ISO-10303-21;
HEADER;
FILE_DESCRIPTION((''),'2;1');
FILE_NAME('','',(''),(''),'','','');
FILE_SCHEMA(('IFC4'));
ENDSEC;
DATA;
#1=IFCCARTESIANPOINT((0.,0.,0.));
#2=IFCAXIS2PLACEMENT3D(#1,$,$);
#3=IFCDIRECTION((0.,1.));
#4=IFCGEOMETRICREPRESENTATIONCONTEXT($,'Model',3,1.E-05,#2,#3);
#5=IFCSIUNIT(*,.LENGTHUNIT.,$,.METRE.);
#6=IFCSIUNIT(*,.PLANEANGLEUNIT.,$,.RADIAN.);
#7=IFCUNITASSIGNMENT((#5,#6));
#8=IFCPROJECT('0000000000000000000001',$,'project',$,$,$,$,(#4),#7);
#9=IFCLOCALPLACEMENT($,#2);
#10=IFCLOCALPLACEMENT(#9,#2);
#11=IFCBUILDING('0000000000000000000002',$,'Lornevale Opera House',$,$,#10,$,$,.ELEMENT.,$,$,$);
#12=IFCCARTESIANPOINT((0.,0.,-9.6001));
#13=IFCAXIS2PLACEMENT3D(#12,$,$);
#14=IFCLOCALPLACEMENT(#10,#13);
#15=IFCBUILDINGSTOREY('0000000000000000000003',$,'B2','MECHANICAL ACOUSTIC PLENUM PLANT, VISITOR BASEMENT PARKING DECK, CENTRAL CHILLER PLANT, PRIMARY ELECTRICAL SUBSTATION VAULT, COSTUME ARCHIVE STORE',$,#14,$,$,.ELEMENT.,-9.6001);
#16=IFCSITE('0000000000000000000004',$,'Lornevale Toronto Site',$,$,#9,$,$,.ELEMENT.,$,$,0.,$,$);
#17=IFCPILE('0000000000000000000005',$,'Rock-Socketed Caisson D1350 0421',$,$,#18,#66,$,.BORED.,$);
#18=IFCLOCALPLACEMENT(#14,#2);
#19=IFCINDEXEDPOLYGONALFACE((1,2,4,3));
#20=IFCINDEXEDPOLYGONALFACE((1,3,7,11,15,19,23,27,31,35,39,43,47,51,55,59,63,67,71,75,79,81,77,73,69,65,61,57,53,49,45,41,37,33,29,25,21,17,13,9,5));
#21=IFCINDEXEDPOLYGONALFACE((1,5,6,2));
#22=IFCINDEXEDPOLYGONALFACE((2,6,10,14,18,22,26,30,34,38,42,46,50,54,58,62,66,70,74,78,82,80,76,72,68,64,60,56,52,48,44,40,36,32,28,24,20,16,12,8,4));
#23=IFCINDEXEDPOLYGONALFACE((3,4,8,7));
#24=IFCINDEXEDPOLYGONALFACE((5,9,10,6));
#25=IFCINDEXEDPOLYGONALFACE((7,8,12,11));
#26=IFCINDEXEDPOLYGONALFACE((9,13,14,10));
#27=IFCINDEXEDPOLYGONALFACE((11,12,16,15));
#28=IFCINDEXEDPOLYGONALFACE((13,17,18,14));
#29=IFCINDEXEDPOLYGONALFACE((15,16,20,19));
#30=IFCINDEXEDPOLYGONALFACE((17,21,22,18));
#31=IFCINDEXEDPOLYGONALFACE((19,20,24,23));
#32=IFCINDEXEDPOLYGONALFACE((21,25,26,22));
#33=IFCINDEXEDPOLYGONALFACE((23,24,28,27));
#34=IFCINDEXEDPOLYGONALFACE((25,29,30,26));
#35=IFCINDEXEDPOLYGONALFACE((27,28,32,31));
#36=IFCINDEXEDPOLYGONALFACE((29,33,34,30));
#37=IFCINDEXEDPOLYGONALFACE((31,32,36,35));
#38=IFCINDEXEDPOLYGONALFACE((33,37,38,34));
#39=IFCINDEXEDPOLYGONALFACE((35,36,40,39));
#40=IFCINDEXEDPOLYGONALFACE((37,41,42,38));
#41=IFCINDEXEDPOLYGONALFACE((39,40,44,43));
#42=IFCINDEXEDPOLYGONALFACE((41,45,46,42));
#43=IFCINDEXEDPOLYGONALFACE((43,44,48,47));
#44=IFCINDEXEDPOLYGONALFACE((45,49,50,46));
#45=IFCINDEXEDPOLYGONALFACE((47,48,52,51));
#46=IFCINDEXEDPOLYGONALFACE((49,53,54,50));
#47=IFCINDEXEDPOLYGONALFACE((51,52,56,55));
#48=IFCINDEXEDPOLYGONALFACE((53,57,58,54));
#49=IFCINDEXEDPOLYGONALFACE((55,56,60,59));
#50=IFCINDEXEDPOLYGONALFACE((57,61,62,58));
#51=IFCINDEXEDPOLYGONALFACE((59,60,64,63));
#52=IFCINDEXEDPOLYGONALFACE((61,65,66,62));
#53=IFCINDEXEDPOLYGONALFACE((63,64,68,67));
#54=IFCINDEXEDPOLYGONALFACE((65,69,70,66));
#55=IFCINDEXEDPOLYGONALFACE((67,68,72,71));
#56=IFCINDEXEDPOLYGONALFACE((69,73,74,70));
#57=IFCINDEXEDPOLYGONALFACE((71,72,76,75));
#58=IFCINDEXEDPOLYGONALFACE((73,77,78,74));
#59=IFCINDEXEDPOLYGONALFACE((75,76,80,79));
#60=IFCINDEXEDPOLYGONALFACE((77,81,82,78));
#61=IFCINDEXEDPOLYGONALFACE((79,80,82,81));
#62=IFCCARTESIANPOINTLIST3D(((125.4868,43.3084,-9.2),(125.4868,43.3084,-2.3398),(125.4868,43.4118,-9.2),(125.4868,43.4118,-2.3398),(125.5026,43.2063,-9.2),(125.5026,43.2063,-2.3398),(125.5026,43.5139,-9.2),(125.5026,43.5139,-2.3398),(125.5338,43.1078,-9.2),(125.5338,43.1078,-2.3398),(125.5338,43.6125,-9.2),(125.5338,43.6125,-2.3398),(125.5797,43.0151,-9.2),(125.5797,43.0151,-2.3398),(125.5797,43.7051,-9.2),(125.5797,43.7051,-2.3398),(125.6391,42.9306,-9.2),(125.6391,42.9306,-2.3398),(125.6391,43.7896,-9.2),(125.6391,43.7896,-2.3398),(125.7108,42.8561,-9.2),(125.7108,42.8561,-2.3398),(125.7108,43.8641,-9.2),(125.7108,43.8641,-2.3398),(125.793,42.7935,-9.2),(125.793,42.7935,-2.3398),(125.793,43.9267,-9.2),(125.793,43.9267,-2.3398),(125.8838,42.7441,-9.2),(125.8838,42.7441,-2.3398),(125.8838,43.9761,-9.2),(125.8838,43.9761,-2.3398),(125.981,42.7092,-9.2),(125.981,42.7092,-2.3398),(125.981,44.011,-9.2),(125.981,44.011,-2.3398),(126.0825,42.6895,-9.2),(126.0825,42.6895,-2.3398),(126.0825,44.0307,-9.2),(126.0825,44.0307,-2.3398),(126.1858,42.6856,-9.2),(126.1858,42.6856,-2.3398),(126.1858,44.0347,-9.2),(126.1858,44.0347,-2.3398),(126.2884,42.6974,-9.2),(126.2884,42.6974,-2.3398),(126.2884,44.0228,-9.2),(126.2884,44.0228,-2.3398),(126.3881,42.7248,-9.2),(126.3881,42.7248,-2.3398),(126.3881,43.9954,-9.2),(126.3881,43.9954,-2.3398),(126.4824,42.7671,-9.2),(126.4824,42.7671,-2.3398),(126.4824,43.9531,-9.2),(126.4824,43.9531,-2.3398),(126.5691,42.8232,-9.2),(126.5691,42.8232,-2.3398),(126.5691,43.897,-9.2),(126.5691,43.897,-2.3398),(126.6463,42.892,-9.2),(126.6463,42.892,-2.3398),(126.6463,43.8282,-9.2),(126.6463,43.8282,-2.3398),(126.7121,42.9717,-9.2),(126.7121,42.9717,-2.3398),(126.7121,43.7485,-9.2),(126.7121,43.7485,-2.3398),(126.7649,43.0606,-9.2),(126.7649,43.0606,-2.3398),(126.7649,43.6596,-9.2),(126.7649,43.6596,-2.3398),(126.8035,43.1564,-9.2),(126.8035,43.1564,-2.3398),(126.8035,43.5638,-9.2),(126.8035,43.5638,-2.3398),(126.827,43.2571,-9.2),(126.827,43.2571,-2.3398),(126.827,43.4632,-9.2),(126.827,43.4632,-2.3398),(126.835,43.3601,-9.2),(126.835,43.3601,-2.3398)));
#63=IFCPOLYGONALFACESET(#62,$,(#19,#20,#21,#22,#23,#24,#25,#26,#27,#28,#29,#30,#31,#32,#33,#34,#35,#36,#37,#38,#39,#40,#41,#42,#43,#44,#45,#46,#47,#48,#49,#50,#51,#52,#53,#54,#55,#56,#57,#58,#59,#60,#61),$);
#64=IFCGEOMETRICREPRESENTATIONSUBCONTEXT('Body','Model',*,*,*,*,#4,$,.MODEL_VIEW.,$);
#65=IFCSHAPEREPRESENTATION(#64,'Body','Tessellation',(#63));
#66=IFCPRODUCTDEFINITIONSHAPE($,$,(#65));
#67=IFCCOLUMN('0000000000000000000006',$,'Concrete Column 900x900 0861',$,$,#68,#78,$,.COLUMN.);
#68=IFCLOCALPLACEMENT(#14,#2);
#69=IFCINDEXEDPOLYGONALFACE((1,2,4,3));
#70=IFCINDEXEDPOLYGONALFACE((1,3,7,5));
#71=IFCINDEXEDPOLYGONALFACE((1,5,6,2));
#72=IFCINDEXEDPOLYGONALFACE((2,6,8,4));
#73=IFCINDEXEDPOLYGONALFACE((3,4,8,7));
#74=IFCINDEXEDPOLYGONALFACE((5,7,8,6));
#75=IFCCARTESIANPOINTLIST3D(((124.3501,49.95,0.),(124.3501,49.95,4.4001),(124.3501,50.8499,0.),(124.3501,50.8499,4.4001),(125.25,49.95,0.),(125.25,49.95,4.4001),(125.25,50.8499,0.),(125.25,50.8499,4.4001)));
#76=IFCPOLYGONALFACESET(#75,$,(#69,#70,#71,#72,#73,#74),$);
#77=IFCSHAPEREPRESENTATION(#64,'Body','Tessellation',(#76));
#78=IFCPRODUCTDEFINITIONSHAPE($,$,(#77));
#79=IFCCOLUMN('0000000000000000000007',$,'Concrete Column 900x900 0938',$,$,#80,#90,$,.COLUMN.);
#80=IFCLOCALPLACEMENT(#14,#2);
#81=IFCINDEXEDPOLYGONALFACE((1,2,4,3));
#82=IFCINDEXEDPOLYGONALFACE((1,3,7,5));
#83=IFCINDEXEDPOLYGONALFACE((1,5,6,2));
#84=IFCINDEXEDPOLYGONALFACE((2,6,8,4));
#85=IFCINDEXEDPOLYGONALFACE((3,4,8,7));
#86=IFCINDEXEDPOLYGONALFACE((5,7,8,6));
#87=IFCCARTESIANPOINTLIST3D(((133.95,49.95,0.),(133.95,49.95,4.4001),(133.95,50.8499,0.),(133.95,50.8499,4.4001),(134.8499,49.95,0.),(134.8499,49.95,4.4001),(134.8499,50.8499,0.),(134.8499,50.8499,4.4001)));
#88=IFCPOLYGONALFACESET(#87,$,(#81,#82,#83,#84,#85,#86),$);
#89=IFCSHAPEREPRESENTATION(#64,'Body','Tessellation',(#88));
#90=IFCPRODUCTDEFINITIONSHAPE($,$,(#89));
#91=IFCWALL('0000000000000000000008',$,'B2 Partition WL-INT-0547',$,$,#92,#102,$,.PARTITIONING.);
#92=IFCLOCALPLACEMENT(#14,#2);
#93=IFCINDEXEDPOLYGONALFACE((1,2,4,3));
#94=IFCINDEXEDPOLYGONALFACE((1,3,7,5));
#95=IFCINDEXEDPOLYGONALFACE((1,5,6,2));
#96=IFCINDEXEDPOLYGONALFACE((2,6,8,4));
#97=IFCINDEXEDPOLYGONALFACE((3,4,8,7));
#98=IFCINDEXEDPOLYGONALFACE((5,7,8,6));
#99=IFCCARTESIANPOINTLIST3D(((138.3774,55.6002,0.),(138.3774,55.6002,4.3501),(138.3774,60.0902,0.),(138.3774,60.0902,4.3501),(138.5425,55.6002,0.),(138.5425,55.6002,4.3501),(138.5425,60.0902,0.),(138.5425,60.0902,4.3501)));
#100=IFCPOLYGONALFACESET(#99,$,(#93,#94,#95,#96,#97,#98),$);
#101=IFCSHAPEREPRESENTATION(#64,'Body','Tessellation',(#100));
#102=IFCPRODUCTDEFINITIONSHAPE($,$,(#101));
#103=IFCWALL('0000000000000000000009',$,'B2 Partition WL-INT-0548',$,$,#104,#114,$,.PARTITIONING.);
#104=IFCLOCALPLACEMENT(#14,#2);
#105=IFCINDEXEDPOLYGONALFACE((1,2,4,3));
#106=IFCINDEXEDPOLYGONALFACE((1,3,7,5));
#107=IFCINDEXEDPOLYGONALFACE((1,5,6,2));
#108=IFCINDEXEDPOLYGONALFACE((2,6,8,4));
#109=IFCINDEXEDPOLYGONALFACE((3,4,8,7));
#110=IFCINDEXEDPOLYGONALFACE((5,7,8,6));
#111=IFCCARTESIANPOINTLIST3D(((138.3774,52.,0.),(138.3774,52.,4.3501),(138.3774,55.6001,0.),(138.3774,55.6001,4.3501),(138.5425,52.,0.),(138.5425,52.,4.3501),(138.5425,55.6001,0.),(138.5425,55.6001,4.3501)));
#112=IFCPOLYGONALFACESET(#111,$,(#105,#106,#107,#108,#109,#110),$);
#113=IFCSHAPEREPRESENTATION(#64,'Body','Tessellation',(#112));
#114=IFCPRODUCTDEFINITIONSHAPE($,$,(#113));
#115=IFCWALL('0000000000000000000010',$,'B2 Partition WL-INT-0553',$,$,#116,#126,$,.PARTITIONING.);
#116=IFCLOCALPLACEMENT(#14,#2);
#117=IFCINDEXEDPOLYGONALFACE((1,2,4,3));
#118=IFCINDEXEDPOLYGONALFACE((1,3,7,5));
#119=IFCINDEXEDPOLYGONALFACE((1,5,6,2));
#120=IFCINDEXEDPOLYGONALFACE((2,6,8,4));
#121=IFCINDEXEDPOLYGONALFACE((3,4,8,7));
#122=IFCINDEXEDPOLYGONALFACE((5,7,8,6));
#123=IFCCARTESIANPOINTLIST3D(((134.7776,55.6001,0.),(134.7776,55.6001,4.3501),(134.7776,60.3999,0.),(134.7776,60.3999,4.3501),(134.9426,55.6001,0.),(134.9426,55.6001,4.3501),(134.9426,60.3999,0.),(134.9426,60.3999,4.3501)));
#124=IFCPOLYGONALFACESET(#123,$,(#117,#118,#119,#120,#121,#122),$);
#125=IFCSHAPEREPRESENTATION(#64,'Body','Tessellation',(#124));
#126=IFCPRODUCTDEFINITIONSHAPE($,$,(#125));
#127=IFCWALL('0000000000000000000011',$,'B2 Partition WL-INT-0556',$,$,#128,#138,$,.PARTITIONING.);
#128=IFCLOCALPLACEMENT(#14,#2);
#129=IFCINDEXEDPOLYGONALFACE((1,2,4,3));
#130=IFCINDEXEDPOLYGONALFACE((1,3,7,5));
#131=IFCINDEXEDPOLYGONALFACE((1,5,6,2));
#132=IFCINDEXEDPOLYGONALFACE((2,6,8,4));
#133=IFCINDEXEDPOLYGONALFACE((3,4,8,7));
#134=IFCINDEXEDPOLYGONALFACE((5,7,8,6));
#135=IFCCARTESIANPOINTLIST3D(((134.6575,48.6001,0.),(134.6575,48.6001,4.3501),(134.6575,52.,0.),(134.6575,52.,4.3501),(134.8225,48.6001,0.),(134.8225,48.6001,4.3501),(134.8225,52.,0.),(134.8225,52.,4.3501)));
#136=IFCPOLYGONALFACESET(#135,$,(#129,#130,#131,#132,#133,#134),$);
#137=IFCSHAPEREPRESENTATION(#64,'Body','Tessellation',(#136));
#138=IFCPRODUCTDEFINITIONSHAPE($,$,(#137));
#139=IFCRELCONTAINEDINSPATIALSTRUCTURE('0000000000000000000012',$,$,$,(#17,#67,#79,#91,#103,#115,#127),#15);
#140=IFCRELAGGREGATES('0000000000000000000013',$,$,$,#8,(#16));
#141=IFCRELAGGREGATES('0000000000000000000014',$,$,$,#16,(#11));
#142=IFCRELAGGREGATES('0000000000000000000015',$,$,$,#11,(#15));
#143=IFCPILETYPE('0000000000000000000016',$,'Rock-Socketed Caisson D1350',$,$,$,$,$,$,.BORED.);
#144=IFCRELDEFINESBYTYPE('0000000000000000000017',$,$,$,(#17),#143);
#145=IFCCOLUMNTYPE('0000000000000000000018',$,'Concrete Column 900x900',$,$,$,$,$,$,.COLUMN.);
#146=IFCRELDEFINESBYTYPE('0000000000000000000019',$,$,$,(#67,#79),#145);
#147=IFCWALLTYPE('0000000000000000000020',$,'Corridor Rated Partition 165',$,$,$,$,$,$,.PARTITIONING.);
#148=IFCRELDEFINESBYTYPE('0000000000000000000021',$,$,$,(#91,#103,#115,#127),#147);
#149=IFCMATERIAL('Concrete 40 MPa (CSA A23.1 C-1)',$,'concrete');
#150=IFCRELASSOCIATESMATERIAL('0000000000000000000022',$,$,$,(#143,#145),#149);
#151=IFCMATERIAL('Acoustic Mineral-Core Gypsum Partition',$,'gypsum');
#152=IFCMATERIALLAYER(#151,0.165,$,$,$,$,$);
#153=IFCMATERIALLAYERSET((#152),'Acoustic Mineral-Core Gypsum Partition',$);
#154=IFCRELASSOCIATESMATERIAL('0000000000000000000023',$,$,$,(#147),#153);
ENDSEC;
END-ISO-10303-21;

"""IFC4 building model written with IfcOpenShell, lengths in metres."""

from ifc_helpers import new_model, si_unit, direction, frame, frame_2d, origin, origin_2d, place, context, subcontext, project, spatial, rectangle, circle, extrude, material, layer, layer_set, material_profile, profile_set, type_object, element, save


model = new_model("IFC4")

# Units and contexts
model_context = context("Model", 3, precision=1e-05, world=origin(), true_north=direction((0.0, 1.0)))
body_context = subcontext(model_context, "Body", "Model", "MODEL_VIEW")
ifc_project = project(units=[si_unit("LENGTHUNIT", "METRE"), si_unit("PLANEANGLEUNIT", "RADIAN")], contexts=[model_context])

# Site, building, storey
site_placement = place(None, origin())
site = spatial("IfcSite", under=ifc_project, at=site_placement, Name="Lornevale Toronto Site", CompositionType="ELEMENT", RefElevation=0.0)
building_placement = place(site_placement, origin())
building = spatial("IfcBuilding", under=site, at=building_placement, Name="Lornevale Opera House", CompositionType="ELEMENT")
storey_placement = place(building_placement, frame((0.0, 0.0, -9.6001)))
storey = spatial("IfcBuildingStorey", under=building, at=storey_placement, Name="B2", Description="MECHANICAL ACOUSTIC PLENUM PLANT, VISITOR BASEMENT PARKING DECK, CENTRAL CHILLER PLANT, PRIMARY ELECTRICAL SUBSTATION VAULT, COSTUME ARCHIVE STORE", CompositionType="ELEMENT", Elevation=-9.6001)

# Pile
ifc_material_1 = material(Name="Concrete 40 MPa (CSA A23.1 C-1)", Category="concrete")
ifc_material_profile_1 = material_profile(ifc_material_1, circle(Radius=0.675, at=origin_2d()), Name="CAIS1350")
ifc_profile_set_1 = profile_set([ifc_material_profile_1], Name="Concrete 40 MPa (CSA A23.1 C-1)")
pile_type_1 = type_object("IfcPileType", Name="Rock-Socketed Caisson D1350", PredefinedType="BORED", material=ifc_profile_set_1)
pile_placement = place(storey_placement, frame((126.1599, 43.3601, -2.3398), z_axis=(0.0, 0.0, -1.0), x_axis=(1.0, 0.0, 0.0)))
element("IfcPile", 1, at=pile_placement, inside=storey, type_object=pile_type_1, Name="Rock-Socketed Caisson D1350 0421", PredefinedType="BORED", context=body_context, shape_type="SweptSolid", body=[
    extrude(circle(Radius=0.675, at=origin_2d()), origin(), (0.0, 0.0, 1.0), 6.8601),
])

# Columns
ifc_material_profile_2 = material_profile(ifc_material_1, rectangle(XDim=0.8999, YDim=0.8999, at=origin_2d()), Name="RC900x900")
ifc_profile_set_2 = profile_set([ifc_material_profile_2], Name="Concrete 40 MPa (CSA A23.1 C-1)")
column_type = type_object("IfcColumnType", Name="Concrete Column 900x900", PredefinedType="COLUMN", material=ifc_profile_set_2)
for number, where, z_axis, x_axis, name in (
    (2, (124.8, 50.3999, 0.0), (0.0, 0.0, 1.0), (1.0, 0.0, 0.0), "Concrete Column 900x900 0861"),
    (3, (134.3999, 50.3999, 0.0), (0.0, 0.0, 1.0), (1.0, 0.0, 0.0), "Concrete Column 900x900 0938"),
):
    element("IfcColumn", number, at=place(storey_placement, frame(where, z_axis=z_axis, x_axis=x_axis)), inside=storey, type_object=column_type, Name=name, PredefinedType="COLUMN", context=body_context, shape_type="SweptSolid", body=[
        extrude(rectangle(XDim=0.8999, YDim=0.8999, at=origin_2d()), origin(), (0.0, 0.0, 1.0), 4.4001),
    ])

# Walls
ifc_material_2 = material(Name="Acoustic Mineral-Core Gypsum Partition", Category="gypsum")
ifc_layer_1 = layer(ifc_material_2, 0.165)
ifc_layer_set_1 = layer_set([ifc_layer_1], Name="Acoustic Mineral-Core Gypsum Partition")
wall_type_1 = type_object("IfcWallType", Name="Corridor Rated Partition 165", PredefinedType="PARTITIONING", material=ifc_layer_set_1)
wall_1_placement = place(storey_placement, frame((138.46, 55.6001, 0.0), z_axis=(0.0, 0.0, 1.0), x_axis=(0.0, 1.0, 0.0)))
element("IfcWall", 4, at=wall_1_placement, inside=storey, type_object=wall_type_1, Name="B2 Partition WL-INT-0547", PredefinedType="PARTITIONING", context=body_context, shape_type="SweptSolid", body=[
    extrude(rectangle(XDim=4.49, YDim=0.165, at=frame_2d((2.2451, 0.0))), origin(), (0.0, 0.0, 1.0), 4.3501),
])
wall_2_placement = place(storey_placement, frame((138.46, 52.0, 0.0), z_axis=(0.0, 0.0, 1.0), x_axis=(0.0, 1.0, 0.0)))
element("IfcWall", 5, at=wall_2_placement, inside=storey, type_object=wall_type_1, Name="B2 Partition WL-INT-0548", PredefinedType="PARTITIONING", context=body_context, shape_type="SweptSolid", body=[
    extrude(rectangle(XDim=3.6001, YDim=0.165, at=frame_2d((1.8, 0.0))), origin(), (0.0, 0.0, 1.0), 4.3501),
])
wall_3_placement = place(storey_placement, frame((134.8601, 55.6001, 0.0), z_axis=(0.0, 0.0, 1.0), x_axis=(0.0, 1.0, 0.0)))
element("IfcWall", 6, at=wall_3_placement, inside=storey, type_object=wall_type_1, Name="B2 Partition WL-INT-0553", PredefinedType="PARTITIONING", context=body_context, shape_type="SweptSolid", body=[
    extrude(rectangle(XDim=4.7998, YDim=0.165, at=frame_2d((2.3999, 0.0))), origin(), (0.0, 0.0, 1.0), 4.3501),
])
wall_4_placement = place(storey_placement, frame((134.74, 48.6001, 0.0), z_axis=(0.0, 0.0, 1.0), x_axis=(0.0, 1.0, 0.0)))
element("IfcWall", 7, at=wall_4_placement, inside=storey, type_object=wall_type_1, Name="B2 Partition WL-INT-0556", PredefinedType="PARTITIONING", context=body_context, shape_type="SweptSolid", body=[
    extrude(rectangle(XDim=3.3999, YDim=0.165, at=frame_2d((1.7, 0.0))), origin(), (0.0, 0.0, 1.0), 4.3501),
])

save(model, "model.ifc")
